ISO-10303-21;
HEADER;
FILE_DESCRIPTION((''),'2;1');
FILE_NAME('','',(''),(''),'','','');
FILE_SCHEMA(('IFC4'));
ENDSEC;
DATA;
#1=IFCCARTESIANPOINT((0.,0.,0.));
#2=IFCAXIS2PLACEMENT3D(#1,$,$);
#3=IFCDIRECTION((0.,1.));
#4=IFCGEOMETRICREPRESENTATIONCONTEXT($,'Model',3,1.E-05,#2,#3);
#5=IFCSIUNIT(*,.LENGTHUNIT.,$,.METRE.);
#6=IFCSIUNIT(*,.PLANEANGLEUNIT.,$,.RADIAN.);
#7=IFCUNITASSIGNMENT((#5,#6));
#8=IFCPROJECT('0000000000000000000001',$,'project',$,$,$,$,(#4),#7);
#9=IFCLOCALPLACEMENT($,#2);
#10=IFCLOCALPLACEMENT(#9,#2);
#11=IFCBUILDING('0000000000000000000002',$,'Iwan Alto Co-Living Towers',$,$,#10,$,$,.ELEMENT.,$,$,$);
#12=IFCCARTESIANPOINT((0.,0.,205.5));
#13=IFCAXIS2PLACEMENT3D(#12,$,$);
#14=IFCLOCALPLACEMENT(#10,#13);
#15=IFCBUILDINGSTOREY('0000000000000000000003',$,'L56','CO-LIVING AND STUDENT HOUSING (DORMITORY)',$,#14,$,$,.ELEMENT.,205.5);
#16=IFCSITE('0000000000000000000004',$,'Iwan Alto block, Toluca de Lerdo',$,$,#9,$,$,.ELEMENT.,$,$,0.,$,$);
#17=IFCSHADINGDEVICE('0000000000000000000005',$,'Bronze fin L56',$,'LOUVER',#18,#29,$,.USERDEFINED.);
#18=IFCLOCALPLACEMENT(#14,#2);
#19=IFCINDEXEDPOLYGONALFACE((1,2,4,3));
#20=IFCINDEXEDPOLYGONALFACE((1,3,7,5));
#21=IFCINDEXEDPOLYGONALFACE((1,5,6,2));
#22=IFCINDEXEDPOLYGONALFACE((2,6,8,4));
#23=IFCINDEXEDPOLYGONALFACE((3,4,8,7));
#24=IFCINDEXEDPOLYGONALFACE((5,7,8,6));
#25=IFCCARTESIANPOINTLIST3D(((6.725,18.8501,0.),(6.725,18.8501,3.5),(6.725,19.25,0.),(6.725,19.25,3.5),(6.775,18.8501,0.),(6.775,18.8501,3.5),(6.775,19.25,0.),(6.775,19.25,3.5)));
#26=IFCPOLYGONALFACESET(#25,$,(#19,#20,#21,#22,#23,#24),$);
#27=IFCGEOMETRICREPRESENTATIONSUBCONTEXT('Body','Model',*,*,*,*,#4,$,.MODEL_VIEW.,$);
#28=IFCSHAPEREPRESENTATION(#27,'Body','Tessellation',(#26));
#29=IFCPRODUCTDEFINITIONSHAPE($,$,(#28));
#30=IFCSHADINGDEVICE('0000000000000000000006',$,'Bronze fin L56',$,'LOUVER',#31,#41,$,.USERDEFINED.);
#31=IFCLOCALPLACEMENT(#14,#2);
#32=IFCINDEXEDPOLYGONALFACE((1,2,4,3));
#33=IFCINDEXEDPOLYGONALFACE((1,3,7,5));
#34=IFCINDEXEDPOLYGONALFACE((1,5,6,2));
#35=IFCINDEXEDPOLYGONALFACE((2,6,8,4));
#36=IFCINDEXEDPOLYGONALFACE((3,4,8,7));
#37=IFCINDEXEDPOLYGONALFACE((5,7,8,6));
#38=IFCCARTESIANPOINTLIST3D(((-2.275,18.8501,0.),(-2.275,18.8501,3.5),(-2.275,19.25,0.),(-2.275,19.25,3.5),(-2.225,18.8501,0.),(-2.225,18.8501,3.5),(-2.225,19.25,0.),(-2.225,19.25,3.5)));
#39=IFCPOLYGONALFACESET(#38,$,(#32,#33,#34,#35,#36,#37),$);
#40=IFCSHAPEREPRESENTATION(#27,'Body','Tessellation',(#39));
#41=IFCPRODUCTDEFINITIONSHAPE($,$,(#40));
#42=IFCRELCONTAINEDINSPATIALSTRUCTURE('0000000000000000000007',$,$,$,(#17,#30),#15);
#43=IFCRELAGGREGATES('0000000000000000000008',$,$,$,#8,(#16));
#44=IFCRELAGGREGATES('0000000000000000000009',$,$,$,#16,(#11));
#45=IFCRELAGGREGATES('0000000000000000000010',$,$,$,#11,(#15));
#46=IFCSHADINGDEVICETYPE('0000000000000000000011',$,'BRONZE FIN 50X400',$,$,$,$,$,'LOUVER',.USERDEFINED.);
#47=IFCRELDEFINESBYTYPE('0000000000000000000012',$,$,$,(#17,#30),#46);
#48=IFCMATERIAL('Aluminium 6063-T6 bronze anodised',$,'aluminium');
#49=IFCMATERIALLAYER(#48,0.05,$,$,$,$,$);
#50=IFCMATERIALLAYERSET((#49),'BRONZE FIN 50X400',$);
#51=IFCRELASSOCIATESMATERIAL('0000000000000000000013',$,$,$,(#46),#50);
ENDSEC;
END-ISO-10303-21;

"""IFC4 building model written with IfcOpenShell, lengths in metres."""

from ifc_helpers import new_model, si_unit, direction, frame, origin, origin_2d, place, context, subcontext, project, spatial, rectangle, extrude, material, layer, layer_set, type_object, element, save


model = new_model("IFC4")

# Units and contexts
model_context = context("Model", 3, precision=1e-05, world=origin(), true_north=direction((0.0, 1.0)))
body_context = subcontext(model_context, "Body", "Model", "MODEL_VIEW")
ifc_project = project(units=[si_unit("LENGTHUNIT", "METRE"), si_unit("PLANEANGLEUNIT", "RADIAN")], contexts=[model_context])

# Site, building, storey
site_placement = place(None, origin())
site = spatial("IfcSite", under=ifc_project, at=site_placement, Name="Iwan Alto block, Toluca de Lerdo", CompositionType="ELEMENT", RefElevation=0.0)
building_placement = place(site_placement, origin())
building = spatial("IfcBuilding", under=site, at=building_placement, Name="Iwan Alto Co-Living Towers", CompositionType="ELEMENT")
storey_placement = place(building_placement, frame((0.0, 0.0, 205.5)))
storey = spatial("IfcBuildingStorey", under=building, at=storey_placement, Name="L56", Description="CO-LIVING AND STUDENT HOUSING (DORMITORY)", CompositionType="ELEMENT", Elevation=205.5)

# Shading devices
ifc_material_1 = material(Name="Aluminium 6063-T6 bronze anodised", Category="aluminium")
ifc_layer_1 = layer(ifc_material_1, 0.05)
ifc_layer_set_1 = layer_set([ifc_layer_1], Name="BRONZE FIN 50X400")
shading_device_type = type_object("IfcShadingDeviceType", Name="BRONZE FIN 50X400", ElementType="LOUVER", PredefinedType="USERDEFINED", material=ifc_layer_set_1)
for number, where, z_axis, x_axis, name in (
    (1, (6.75, 19.05, 0.0), (0.0, 0.0, 1.0), (-1.0, 0.0, 0.0), "Bronze fin L56"),
    (2, (-2.25, 19.05, 0.0), (0.0, 0.0, 1.0), (-1.0, 0.0, 0.0), "Bronze fin L56"),
):
    element("IfcShadingDevice", number, at=place(storey_placement, frame(where, z_axis=z_axis, x_axis=x_axis)), inside=storey, type_object=shading_device_type, Name=name, ObjectType="LOUVER", PredefinedType="USERDEFINED", context=body_context, shape_type="SweptSolid", body=[
        extrude(rectangle(XDim=0.05, YDim=0.3999, at=origin_2d()), origin(), (0.0, 0.0, 1.0), 3.5),
    ])

save(model, "model.ifc")
